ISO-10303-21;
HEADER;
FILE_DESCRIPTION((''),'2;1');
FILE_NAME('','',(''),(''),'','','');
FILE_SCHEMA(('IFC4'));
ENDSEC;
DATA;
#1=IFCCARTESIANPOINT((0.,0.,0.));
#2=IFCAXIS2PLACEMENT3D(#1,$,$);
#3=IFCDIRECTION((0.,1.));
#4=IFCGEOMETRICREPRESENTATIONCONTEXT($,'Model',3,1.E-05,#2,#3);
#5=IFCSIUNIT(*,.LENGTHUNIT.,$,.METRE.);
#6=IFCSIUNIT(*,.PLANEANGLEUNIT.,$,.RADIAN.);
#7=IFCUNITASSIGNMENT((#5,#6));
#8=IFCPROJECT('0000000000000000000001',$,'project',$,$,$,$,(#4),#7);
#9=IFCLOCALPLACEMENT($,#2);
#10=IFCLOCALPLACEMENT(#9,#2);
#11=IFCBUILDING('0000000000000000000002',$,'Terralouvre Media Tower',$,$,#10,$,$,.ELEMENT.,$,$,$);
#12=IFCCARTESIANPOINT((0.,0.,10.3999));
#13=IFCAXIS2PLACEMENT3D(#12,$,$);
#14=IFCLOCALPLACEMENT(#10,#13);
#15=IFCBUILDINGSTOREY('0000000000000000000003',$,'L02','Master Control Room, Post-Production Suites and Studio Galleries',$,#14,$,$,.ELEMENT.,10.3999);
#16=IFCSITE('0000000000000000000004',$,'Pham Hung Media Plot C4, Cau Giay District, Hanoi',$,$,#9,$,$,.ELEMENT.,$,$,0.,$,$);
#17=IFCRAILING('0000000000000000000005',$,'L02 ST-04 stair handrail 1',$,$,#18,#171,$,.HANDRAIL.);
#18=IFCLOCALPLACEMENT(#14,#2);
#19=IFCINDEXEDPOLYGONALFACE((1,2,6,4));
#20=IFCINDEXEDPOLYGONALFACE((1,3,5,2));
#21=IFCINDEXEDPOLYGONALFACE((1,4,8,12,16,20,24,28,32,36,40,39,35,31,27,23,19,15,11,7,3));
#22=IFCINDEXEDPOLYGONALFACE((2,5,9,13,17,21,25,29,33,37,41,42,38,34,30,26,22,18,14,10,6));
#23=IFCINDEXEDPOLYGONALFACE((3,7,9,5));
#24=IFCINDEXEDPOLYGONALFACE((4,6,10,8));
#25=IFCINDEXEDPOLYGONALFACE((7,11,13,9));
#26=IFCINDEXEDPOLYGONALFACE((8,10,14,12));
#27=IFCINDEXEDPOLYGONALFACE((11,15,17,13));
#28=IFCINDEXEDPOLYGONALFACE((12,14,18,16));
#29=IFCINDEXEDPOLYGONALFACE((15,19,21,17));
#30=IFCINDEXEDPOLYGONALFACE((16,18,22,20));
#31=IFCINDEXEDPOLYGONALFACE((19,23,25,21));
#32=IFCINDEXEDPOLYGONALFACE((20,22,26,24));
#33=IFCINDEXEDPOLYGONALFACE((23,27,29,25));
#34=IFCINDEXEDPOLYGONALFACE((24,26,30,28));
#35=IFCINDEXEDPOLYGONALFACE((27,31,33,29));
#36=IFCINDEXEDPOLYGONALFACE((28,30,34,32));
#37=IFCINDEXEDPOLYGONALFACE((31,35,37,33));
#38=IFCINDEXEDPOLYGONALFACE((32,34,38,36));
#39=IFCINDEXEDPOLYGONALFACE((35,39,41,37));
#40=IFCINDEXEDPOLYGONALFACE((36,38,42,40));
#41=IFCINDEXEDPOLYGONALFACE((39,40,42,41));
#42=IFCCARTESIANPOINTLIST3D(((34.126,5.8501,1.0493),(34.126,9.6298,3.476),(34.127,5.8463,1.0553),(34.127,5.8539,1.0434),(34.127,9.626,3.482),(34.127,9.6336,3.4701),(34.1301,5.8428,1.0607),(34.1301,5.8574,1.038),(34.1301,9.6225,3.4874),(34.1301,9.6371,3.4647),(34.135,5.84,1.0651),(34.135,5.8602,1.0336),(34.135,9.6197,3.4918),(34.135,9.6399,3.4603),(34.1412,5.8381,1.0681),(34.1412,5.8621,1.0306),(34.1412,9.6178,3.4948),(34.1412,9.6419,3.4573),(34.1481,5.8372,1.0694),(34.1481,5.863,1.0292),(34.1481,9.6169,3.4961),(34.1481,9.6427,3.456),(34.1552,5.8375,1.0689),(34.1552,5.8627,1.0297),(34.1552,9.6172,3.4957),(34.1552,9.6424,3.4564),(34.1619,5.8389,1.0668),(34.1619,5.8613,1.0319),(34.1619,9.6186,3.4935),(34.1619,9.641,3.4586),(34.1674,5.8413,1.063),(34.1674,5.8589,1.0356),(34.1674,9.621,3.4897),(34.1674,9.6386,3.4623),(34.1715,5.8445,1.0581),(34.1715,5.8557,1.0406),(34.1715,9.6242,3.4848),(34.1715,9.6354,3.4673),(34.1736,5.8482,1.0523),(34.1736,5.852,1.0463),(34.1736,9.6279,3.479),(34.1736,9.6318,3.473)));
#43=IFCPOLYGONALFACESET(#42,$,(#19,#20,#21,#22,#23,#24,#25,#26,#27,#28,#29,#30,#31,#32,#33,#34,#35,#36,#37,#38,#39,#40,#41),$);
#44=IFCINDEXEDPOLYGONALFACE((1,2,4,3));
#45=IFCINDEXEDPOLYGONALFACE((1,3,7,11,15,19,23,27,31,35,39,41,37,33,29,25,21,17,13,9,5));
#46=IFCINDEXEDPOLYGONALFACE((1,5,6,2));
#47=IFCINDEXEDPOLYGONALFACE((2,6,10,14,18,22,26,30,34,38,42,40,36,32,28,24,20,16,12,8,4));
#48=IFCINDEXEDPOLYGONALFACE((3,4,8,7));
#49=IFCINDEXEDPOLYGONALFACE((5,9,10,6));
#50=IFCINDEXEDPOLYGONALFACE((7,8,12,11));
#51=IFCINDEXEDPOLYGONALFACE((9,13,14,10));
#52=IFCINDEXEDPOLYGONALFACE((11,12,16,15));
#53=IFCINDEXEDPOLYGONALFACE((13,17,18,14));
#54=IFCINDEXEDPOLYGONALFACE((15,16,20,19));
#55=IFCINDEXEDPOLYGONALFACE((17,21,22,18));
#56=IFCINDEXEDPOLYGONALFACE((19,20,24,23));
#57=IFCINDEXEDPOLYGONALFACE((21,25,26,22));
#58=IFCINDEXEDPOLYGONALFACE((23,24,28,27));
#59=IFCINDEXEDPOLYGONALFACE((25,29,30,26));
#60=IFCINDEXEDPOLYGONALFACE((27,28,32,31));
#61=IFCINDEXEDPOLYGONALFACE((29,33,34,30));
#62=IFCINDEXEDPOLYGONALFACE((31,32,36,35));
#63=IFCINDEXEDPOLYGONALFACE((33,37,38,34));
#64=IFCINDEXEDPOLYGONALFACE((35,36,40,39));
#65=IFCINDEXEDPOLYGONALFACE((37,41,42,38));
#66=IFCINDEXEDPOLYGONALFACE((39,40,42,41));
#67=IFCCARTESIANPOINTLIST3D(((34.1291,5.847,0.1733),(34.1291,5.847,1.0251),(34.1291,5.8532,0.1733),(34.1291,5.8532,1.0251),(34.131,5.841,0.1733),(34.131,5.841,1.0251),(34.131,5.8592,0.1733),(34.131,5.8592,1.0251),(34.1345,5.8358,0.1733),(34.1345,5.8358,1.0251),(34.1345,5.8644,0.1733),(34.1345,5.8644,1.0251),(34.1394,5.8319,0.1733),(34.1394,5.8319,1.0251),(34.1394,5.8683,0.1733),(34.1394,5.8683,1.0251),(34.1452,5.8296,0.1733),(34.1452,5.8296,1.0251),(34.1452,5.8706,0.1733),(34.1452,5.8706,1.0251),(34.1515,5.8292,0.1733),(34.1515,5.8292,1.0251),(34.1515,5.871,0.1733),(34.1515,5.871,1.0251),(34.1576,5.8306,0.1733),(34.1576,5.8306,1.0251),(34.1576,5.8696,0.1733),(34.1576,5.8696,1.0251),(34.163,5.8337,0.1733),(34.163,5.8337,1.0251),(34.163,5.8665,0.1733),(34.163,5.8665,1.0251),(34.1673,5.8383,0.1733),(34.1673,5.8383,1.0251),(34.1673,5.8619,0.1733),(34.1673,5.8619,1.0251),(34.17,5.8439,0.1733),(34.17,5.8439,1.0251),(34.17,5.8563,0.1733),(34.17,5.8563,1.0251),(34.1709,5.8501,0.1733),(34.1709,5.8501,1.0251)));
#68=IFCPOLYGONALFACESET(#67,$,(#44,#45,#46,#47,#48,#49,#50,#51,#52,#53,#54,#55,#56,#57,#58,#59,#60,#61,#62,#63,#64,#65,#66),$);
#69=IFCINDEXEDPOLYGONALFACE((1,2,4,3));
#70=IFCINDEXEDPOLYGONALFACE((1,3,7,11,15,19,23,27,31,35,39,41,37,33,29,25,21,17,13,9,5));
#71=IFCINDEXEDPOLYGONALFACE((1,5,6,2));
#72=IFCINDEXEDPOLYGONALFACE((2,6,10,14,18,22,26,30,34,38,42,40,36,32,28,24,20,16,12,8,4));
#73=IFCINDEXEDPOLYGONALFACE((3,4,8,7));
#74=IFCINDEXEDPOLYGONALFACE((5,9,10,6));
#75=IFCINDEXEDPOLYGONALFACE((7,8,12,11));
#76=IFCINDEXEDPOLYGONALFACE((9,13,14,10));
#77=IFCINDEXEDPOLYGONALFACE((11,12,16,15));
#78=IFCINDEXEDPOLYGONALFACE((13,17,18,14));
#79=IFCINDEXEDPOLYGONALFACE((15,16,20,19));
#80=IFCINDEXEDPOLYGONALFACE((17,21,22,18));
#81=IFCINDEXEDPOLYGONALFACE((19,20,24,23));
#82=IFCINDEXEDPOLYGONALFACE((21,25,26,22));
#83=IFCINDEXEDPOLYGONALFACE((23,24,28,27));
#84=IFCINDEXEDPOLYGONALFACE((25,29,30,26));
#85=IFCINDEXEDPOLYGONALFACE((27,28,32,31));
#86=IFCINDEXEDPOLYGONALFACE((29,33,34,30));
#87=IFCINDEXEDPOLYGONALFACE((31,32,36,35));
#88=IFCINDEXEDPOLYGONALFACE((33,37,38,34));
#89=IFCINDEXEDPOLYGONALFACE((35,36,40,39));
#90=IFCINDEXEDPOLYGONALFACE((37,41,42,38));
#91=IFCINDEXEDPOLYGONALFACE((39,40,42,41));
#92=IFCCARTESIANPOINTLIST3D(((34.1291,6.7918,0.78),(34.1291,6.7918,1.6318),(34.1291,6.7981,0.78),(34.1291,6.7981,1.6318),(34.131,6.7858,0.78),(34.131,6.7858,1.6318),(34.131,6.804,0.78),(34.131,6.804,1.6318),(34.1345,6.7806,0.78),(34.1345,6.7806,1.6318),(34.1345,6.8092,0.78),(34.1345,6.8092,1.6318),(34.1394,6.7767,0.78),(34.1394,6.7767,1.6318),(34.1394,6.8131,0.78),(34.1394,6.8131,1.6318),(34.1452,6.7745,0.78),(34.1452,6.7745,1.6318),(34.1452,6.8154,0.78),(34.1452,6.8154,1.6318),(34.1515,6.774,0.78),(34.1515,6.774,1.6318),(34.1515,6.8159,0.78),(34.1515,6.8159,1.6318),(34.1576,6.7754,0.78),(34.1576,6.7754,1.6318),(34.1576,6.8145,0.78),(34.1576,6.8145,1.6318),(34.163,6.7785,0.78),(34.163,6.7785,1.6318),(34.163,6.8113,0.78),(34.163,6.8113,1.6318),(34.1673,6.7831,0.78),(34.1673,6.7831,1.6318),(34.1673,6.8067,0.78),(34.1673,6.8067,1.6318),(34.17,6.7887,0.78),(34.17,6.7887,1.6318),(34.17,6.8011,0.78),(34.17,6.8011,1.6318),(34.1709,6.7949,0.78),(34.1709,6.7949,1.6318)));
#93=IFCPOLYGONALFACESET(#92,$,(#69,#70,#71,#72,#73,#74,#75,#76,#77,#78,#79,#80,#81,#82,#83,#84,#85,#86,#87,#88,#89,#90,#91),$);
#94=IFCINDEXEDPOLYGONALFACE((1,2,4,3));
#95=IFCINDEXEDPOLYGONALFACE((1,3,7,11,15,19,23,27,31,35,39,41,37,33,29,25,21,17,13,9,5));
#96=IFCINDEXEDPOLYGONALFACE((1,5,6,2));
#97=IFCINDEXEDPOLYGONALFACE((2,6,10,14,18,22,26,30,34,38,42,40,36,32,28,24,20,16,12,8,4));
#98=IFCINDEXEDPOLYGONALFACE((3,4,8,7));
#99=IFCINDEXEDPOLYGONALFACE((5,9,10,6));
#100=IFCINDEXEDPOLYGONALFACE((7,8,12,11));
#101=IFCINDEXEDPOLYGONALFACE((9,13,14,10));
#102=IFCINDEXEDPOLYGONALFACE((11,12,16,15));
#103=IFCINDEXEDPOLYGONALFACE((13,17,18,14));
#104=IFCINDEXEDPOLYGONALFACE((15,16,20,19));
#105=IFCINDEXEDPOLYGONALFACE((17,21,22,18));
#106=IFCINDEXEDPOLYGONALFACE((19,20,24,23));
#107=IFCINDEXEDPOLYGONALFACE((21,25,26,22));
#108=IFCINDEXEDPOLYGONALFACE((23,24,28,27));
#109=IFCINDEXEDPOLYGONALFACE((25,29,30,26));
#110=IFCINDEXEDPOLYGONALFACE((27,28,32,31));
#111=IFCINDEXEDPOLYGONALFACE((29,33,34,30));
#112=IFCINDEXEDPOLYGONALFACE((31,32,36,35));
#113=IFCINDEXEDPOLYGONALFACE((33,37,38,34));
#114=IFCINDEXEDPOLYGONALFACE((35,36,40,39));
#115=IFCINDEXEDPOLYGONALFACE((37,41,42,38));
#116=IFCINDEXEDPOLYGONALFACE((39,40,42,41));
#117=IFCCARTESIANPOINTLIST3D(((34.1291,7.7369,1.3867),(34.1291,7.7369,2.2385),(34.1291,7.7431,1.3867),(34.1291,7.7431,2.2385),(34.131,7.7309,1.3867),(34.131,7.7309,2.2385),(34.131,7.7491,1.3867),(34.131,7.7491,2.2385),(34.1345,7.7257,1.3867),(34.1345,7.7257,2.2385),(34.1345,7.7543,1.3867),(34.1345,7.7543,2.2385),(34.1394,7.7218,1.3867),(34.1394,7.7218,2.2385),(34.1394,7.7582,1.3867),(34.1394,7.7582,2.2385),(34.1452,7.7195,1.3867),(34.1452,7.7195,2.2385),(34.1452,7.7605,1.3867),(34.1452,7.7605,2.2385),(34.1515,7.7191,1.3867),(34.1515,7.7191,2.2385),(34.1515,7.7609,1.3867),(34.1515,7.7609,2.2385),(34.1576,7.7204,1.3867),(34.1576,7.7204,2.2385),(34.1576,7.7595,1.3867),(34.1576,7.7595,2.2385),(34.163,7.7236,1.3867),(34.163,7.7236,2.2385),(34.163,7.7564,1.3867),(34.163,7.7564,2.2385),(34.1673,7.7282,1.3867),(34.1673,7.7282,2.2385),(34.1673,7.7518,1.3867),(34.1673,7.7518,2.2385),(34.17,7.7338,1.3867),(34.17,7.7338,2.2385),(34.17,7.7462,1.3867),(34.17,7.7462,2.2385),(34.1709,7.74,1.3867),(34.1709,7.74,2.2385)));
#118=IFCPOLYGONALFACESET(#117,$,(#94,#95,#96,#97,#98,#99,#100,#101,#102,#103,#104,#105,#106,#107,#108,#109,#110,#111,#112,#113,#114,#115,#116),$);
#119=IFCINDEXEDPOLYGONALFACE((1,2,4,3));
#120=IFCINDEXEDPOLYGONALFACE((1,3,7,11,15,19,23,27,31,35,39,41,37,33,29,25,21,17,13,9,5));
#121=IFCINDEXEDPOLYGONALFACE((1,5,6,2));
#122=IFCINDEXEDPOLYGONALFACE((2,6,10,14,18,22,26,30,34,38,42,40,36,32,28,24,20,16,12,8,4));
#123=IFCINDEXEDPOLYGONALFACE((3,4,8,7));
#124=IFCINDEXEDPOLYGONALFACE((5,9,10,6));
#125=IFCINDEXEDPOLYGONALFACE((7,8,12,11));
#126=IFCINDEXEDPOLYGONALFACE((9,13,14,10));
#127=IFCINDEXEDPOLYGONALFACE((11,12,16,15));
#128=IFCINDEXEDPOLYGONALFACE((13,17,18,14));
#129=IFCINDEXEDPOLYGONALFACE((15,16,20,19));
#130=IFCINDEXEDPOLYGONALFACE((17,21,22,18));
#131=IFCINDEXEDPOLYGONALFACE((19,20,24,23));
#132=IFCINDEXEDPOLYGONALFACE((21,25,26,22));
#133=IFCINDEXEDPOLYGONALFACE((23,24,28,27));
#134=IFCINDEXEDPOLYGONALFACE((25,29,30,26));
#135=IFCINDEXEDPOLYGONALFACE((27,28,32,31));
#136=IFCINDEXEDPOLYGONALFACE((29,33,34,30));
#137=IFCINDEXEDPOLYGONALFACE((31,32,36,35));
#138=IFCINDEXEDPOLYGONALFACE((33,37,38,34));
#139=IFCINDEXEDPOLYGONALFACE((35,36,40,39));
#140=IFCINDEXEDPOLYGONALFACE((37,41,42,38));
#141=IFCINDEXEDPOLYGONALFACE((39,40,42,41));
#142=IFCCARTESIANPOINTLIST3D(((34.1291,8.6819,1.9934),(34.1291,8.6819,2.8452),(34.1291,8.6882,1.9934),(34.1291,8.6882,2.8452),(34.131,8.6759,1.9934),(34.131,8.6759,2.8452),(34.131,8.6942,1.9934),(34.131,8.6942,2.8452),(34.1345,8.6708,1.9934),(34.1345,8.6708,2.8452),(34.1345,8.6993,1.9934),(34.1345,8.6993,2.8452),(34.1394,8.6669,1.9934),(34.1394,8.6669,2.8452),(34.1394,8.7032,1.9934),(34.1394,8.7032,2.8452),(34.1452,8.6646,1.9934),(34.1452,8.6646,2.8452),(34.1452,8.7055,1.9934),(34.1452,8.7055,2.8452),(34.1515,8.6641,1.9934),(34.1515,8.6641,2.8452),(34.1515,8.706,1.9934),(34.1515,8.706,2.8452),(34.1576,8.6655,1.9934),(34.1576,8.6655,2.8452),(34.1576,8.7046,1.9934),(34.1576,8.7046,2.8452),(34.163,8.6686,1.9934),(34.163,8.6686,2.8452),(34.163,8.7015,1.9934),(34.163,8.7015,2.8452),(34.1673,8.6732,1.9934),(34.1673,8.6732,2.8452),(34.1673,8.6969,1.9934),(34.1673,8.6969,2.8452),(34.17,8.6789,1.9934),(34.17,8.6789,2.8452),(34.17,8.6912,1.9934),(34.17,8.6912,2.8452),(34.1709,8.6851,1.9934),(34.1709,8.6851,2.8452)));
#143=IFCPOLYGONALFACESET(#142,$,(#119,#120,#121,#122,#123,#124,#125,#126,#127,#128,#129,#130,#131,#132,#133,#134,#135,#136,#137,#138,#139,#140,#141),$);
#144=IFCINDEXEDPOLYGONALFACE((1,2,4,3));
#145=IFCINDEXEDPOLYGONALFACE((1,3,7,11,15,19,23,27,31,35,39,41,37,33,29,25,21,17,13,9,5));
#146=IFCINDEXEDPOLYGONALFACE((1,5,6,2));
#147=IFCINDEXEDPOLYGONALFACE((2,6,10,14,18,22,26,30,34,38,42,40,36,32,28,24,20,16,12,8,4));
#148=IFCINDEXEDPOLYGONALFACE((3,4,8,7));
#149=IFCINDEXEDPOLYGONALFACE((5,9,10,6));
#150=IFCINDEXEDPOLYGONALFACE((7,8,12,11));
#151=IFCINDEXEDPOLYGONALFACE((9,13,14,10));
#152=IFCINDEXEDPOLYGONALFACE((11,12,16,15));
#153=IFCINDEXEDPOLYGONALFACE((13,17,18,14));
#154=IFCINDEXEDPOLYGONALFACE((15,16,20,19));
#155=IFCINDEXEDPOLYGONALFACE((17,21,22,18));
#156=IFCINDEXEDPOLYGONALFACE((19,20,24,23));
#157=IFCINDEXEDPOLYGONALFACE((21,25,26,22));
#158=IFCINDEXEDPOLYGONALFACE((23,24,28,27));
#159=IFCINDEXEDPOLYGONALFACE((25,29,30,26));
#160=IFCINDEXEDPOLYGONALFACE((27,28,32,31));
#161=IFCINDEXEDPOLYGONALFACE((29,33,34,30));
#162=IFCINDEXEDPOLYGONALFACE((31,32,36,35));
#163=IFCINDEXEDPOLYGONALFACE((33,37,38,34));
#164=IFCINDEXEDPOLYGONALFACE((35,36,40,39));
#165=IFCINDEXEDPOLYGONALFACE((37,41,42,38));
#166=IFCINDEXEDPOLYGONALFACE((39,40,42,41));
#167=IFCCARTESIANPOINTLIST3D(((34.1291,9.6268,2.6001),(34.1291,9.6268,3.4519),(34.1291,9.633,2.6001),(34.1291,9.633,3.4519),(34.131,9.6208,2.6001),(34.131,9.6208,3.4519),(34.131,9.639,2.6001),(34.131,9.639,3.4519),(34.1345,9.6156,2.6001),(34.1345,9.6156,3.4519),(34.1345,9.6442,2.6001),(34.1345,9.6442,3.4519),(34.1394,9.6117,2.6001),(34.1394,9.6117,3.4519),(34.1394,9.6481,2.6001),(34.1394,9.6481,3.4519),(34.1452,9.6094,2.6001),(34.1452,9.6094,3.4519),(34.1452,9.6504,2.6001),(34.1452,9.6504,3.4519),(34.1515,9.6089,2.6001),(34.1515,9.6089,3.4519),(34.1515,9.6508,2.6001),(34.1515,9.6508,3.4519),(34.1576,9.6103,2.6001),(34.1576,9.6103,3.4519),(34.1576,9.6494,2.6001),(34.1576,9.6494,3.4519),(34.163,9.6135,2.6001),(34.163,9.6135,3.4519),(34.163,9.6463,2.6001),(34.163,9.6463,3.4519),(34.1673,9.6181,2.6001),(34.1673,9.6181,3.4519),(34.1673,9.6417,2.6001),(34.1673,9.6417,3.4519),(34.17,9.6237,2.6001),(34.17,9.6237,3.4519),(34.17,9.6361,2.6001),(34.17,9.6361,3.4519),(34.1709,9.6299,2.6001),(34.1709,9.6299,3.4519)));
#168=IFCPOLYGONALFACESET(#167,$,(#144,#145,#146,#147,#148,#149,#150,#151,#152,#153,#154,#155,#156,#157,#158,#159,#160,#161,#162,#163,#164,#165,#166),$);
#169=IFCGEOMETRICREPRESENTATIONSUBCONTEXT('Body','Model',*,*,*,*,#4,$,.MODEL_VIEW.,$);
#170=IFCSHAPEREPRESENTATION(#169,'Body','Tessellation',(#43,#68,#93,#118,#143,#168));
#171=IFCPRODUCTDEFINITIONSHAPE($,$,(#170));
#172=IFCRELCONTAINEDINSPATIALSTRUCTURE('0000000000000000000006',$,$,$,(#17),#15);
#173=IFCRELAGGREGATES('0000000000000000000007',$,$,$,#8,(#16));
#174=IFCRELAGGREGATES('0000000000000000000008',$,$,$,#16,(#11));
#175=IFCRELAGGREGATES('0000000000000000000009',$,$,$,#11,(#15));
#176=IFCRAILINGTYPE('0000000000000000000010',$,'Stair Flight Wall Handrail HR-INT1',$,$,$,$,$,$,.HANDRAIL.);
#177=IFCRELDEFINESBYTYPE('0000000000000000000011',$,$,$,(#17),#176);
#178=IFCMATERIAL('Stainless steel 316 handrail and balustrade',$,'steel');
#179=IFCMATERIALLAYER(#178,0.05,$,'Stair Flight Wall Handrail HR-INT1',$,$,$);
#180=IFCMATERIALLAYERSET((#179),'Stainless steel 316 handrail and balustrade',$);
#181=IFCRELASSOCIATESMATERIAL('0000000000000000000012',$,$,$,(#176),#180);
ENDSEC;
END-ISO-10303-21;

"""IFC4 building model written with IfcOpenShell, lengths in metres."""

from ifc_helpers import new_model, si_unit, direction, frame, origin, origin_2d, place, context, subcontext, project, spatial, circle, extrude, material, layer, layer_set, type_object, element, save


model = new_model("IFC4")

# Units and contexts
model_context = context("Model", 3, precision=1e-05, world=origin(), true_north=direction((0.0, 1.0)))
body_context = subcontext(model_context, "Body", "Model", "MODEL_VIEW")
ifc_project = project(units=[si_unit("LENGTHUNIT", "METRE"), si_unit("PLANEANGLEUNIT", "RADIAN")], contexts=[model_context])

# Site, building, storey
site_placement = place(None, origin())
site = spatial("IfcSite", under=ifc_project, at=site_placement, Name="Pham Hung Media Plot C4, Cau Giay District, Hanoi", CompositionType="ELEMENT", RefElevation=0.0)
building_placement = place(site_placement, origin())
building = spatial("IfcBuilding", under=site, at=building_placement, Name="Terralouvre Media Tower", CompositionType="ELEMENT")
storey_placement = place(building_placement, frame((0.0, 0.0, 10.3999)))
storey = spatial("IfcBuildingStorey", under=building, at=storey_placement, Name="L02", Description="Master Control Room, Post-Production Suites and Studio Galleries", CompositionType="ELEMENT", Elevation=10.3999)

# Railing
ifc_material_1 = material(Name="Stainless steel 316 handrail and balustrade", Category="steel")
ifc_layer_1 = layer(ifc_material_1, 0.05, Name="Stair Flight Wall Handrail HR-INT1")
ifc_layer_set_1 = layer_set([ifc_layer_1], Name="Stainless steel 316 handrail and balustrade")
railing_type_1 = type_object("IfcRailingType", Name="Stair Flight Wall Handrail HR-INT1", PredefinedType="HANDRAIL", material=ifc_layer_set_1)
railing_1_placement = place(storey_placement, frame((34.1499, 5.8501, 0.1733)))
element("IfcRailing", 1, at=railing_1_placement, inside=storey, type_object=railing_type_1, Name="L02 ST-04 stair handrail 1", PredefinedType="HANDRAIL", context=body_context, shape_type="SweptSolid", body=[
    extrude(circle(Radius=0.0239, at=origin_2d()), frame((0.0, 0.0, 0.876), z_axis=(0.0, 0.841493, 0.540269), x_axis=(-1.0, 0.0, 0.0)), (0.0, 0.0, 1.0), 4.4917),
    extrude(circle(Radius=0.021, at=origin_2d()), origin(), (0.0, 0.0, 1.0), 0.8518),
    extrude(circle(Radius=0.021, at=origin_2d()), frame((0.0, 0.9448, 0.6067)), (0.0, 0.0, 1.0), 0.8518),
    extrude(circle(Radius=0.021, at=origin_2d()), frame((0.0, 1.8899, 1.2134)), (0.0, 0.0, 1.0), 0.8518),
    extrude(circle(Radius=0.021, at=origin_2d()), frame((0.0, 2.835, 1.8201)), (0.0, 0.0, 1.0), 0.8518),
    extrude(circle(Radius=0.021, at=origin_2d()), frame((0.0, 3.7798, 2.4268)), (0.0, 0.0, 1.0), 0.8518),
])

save(model, "model.ifc")
